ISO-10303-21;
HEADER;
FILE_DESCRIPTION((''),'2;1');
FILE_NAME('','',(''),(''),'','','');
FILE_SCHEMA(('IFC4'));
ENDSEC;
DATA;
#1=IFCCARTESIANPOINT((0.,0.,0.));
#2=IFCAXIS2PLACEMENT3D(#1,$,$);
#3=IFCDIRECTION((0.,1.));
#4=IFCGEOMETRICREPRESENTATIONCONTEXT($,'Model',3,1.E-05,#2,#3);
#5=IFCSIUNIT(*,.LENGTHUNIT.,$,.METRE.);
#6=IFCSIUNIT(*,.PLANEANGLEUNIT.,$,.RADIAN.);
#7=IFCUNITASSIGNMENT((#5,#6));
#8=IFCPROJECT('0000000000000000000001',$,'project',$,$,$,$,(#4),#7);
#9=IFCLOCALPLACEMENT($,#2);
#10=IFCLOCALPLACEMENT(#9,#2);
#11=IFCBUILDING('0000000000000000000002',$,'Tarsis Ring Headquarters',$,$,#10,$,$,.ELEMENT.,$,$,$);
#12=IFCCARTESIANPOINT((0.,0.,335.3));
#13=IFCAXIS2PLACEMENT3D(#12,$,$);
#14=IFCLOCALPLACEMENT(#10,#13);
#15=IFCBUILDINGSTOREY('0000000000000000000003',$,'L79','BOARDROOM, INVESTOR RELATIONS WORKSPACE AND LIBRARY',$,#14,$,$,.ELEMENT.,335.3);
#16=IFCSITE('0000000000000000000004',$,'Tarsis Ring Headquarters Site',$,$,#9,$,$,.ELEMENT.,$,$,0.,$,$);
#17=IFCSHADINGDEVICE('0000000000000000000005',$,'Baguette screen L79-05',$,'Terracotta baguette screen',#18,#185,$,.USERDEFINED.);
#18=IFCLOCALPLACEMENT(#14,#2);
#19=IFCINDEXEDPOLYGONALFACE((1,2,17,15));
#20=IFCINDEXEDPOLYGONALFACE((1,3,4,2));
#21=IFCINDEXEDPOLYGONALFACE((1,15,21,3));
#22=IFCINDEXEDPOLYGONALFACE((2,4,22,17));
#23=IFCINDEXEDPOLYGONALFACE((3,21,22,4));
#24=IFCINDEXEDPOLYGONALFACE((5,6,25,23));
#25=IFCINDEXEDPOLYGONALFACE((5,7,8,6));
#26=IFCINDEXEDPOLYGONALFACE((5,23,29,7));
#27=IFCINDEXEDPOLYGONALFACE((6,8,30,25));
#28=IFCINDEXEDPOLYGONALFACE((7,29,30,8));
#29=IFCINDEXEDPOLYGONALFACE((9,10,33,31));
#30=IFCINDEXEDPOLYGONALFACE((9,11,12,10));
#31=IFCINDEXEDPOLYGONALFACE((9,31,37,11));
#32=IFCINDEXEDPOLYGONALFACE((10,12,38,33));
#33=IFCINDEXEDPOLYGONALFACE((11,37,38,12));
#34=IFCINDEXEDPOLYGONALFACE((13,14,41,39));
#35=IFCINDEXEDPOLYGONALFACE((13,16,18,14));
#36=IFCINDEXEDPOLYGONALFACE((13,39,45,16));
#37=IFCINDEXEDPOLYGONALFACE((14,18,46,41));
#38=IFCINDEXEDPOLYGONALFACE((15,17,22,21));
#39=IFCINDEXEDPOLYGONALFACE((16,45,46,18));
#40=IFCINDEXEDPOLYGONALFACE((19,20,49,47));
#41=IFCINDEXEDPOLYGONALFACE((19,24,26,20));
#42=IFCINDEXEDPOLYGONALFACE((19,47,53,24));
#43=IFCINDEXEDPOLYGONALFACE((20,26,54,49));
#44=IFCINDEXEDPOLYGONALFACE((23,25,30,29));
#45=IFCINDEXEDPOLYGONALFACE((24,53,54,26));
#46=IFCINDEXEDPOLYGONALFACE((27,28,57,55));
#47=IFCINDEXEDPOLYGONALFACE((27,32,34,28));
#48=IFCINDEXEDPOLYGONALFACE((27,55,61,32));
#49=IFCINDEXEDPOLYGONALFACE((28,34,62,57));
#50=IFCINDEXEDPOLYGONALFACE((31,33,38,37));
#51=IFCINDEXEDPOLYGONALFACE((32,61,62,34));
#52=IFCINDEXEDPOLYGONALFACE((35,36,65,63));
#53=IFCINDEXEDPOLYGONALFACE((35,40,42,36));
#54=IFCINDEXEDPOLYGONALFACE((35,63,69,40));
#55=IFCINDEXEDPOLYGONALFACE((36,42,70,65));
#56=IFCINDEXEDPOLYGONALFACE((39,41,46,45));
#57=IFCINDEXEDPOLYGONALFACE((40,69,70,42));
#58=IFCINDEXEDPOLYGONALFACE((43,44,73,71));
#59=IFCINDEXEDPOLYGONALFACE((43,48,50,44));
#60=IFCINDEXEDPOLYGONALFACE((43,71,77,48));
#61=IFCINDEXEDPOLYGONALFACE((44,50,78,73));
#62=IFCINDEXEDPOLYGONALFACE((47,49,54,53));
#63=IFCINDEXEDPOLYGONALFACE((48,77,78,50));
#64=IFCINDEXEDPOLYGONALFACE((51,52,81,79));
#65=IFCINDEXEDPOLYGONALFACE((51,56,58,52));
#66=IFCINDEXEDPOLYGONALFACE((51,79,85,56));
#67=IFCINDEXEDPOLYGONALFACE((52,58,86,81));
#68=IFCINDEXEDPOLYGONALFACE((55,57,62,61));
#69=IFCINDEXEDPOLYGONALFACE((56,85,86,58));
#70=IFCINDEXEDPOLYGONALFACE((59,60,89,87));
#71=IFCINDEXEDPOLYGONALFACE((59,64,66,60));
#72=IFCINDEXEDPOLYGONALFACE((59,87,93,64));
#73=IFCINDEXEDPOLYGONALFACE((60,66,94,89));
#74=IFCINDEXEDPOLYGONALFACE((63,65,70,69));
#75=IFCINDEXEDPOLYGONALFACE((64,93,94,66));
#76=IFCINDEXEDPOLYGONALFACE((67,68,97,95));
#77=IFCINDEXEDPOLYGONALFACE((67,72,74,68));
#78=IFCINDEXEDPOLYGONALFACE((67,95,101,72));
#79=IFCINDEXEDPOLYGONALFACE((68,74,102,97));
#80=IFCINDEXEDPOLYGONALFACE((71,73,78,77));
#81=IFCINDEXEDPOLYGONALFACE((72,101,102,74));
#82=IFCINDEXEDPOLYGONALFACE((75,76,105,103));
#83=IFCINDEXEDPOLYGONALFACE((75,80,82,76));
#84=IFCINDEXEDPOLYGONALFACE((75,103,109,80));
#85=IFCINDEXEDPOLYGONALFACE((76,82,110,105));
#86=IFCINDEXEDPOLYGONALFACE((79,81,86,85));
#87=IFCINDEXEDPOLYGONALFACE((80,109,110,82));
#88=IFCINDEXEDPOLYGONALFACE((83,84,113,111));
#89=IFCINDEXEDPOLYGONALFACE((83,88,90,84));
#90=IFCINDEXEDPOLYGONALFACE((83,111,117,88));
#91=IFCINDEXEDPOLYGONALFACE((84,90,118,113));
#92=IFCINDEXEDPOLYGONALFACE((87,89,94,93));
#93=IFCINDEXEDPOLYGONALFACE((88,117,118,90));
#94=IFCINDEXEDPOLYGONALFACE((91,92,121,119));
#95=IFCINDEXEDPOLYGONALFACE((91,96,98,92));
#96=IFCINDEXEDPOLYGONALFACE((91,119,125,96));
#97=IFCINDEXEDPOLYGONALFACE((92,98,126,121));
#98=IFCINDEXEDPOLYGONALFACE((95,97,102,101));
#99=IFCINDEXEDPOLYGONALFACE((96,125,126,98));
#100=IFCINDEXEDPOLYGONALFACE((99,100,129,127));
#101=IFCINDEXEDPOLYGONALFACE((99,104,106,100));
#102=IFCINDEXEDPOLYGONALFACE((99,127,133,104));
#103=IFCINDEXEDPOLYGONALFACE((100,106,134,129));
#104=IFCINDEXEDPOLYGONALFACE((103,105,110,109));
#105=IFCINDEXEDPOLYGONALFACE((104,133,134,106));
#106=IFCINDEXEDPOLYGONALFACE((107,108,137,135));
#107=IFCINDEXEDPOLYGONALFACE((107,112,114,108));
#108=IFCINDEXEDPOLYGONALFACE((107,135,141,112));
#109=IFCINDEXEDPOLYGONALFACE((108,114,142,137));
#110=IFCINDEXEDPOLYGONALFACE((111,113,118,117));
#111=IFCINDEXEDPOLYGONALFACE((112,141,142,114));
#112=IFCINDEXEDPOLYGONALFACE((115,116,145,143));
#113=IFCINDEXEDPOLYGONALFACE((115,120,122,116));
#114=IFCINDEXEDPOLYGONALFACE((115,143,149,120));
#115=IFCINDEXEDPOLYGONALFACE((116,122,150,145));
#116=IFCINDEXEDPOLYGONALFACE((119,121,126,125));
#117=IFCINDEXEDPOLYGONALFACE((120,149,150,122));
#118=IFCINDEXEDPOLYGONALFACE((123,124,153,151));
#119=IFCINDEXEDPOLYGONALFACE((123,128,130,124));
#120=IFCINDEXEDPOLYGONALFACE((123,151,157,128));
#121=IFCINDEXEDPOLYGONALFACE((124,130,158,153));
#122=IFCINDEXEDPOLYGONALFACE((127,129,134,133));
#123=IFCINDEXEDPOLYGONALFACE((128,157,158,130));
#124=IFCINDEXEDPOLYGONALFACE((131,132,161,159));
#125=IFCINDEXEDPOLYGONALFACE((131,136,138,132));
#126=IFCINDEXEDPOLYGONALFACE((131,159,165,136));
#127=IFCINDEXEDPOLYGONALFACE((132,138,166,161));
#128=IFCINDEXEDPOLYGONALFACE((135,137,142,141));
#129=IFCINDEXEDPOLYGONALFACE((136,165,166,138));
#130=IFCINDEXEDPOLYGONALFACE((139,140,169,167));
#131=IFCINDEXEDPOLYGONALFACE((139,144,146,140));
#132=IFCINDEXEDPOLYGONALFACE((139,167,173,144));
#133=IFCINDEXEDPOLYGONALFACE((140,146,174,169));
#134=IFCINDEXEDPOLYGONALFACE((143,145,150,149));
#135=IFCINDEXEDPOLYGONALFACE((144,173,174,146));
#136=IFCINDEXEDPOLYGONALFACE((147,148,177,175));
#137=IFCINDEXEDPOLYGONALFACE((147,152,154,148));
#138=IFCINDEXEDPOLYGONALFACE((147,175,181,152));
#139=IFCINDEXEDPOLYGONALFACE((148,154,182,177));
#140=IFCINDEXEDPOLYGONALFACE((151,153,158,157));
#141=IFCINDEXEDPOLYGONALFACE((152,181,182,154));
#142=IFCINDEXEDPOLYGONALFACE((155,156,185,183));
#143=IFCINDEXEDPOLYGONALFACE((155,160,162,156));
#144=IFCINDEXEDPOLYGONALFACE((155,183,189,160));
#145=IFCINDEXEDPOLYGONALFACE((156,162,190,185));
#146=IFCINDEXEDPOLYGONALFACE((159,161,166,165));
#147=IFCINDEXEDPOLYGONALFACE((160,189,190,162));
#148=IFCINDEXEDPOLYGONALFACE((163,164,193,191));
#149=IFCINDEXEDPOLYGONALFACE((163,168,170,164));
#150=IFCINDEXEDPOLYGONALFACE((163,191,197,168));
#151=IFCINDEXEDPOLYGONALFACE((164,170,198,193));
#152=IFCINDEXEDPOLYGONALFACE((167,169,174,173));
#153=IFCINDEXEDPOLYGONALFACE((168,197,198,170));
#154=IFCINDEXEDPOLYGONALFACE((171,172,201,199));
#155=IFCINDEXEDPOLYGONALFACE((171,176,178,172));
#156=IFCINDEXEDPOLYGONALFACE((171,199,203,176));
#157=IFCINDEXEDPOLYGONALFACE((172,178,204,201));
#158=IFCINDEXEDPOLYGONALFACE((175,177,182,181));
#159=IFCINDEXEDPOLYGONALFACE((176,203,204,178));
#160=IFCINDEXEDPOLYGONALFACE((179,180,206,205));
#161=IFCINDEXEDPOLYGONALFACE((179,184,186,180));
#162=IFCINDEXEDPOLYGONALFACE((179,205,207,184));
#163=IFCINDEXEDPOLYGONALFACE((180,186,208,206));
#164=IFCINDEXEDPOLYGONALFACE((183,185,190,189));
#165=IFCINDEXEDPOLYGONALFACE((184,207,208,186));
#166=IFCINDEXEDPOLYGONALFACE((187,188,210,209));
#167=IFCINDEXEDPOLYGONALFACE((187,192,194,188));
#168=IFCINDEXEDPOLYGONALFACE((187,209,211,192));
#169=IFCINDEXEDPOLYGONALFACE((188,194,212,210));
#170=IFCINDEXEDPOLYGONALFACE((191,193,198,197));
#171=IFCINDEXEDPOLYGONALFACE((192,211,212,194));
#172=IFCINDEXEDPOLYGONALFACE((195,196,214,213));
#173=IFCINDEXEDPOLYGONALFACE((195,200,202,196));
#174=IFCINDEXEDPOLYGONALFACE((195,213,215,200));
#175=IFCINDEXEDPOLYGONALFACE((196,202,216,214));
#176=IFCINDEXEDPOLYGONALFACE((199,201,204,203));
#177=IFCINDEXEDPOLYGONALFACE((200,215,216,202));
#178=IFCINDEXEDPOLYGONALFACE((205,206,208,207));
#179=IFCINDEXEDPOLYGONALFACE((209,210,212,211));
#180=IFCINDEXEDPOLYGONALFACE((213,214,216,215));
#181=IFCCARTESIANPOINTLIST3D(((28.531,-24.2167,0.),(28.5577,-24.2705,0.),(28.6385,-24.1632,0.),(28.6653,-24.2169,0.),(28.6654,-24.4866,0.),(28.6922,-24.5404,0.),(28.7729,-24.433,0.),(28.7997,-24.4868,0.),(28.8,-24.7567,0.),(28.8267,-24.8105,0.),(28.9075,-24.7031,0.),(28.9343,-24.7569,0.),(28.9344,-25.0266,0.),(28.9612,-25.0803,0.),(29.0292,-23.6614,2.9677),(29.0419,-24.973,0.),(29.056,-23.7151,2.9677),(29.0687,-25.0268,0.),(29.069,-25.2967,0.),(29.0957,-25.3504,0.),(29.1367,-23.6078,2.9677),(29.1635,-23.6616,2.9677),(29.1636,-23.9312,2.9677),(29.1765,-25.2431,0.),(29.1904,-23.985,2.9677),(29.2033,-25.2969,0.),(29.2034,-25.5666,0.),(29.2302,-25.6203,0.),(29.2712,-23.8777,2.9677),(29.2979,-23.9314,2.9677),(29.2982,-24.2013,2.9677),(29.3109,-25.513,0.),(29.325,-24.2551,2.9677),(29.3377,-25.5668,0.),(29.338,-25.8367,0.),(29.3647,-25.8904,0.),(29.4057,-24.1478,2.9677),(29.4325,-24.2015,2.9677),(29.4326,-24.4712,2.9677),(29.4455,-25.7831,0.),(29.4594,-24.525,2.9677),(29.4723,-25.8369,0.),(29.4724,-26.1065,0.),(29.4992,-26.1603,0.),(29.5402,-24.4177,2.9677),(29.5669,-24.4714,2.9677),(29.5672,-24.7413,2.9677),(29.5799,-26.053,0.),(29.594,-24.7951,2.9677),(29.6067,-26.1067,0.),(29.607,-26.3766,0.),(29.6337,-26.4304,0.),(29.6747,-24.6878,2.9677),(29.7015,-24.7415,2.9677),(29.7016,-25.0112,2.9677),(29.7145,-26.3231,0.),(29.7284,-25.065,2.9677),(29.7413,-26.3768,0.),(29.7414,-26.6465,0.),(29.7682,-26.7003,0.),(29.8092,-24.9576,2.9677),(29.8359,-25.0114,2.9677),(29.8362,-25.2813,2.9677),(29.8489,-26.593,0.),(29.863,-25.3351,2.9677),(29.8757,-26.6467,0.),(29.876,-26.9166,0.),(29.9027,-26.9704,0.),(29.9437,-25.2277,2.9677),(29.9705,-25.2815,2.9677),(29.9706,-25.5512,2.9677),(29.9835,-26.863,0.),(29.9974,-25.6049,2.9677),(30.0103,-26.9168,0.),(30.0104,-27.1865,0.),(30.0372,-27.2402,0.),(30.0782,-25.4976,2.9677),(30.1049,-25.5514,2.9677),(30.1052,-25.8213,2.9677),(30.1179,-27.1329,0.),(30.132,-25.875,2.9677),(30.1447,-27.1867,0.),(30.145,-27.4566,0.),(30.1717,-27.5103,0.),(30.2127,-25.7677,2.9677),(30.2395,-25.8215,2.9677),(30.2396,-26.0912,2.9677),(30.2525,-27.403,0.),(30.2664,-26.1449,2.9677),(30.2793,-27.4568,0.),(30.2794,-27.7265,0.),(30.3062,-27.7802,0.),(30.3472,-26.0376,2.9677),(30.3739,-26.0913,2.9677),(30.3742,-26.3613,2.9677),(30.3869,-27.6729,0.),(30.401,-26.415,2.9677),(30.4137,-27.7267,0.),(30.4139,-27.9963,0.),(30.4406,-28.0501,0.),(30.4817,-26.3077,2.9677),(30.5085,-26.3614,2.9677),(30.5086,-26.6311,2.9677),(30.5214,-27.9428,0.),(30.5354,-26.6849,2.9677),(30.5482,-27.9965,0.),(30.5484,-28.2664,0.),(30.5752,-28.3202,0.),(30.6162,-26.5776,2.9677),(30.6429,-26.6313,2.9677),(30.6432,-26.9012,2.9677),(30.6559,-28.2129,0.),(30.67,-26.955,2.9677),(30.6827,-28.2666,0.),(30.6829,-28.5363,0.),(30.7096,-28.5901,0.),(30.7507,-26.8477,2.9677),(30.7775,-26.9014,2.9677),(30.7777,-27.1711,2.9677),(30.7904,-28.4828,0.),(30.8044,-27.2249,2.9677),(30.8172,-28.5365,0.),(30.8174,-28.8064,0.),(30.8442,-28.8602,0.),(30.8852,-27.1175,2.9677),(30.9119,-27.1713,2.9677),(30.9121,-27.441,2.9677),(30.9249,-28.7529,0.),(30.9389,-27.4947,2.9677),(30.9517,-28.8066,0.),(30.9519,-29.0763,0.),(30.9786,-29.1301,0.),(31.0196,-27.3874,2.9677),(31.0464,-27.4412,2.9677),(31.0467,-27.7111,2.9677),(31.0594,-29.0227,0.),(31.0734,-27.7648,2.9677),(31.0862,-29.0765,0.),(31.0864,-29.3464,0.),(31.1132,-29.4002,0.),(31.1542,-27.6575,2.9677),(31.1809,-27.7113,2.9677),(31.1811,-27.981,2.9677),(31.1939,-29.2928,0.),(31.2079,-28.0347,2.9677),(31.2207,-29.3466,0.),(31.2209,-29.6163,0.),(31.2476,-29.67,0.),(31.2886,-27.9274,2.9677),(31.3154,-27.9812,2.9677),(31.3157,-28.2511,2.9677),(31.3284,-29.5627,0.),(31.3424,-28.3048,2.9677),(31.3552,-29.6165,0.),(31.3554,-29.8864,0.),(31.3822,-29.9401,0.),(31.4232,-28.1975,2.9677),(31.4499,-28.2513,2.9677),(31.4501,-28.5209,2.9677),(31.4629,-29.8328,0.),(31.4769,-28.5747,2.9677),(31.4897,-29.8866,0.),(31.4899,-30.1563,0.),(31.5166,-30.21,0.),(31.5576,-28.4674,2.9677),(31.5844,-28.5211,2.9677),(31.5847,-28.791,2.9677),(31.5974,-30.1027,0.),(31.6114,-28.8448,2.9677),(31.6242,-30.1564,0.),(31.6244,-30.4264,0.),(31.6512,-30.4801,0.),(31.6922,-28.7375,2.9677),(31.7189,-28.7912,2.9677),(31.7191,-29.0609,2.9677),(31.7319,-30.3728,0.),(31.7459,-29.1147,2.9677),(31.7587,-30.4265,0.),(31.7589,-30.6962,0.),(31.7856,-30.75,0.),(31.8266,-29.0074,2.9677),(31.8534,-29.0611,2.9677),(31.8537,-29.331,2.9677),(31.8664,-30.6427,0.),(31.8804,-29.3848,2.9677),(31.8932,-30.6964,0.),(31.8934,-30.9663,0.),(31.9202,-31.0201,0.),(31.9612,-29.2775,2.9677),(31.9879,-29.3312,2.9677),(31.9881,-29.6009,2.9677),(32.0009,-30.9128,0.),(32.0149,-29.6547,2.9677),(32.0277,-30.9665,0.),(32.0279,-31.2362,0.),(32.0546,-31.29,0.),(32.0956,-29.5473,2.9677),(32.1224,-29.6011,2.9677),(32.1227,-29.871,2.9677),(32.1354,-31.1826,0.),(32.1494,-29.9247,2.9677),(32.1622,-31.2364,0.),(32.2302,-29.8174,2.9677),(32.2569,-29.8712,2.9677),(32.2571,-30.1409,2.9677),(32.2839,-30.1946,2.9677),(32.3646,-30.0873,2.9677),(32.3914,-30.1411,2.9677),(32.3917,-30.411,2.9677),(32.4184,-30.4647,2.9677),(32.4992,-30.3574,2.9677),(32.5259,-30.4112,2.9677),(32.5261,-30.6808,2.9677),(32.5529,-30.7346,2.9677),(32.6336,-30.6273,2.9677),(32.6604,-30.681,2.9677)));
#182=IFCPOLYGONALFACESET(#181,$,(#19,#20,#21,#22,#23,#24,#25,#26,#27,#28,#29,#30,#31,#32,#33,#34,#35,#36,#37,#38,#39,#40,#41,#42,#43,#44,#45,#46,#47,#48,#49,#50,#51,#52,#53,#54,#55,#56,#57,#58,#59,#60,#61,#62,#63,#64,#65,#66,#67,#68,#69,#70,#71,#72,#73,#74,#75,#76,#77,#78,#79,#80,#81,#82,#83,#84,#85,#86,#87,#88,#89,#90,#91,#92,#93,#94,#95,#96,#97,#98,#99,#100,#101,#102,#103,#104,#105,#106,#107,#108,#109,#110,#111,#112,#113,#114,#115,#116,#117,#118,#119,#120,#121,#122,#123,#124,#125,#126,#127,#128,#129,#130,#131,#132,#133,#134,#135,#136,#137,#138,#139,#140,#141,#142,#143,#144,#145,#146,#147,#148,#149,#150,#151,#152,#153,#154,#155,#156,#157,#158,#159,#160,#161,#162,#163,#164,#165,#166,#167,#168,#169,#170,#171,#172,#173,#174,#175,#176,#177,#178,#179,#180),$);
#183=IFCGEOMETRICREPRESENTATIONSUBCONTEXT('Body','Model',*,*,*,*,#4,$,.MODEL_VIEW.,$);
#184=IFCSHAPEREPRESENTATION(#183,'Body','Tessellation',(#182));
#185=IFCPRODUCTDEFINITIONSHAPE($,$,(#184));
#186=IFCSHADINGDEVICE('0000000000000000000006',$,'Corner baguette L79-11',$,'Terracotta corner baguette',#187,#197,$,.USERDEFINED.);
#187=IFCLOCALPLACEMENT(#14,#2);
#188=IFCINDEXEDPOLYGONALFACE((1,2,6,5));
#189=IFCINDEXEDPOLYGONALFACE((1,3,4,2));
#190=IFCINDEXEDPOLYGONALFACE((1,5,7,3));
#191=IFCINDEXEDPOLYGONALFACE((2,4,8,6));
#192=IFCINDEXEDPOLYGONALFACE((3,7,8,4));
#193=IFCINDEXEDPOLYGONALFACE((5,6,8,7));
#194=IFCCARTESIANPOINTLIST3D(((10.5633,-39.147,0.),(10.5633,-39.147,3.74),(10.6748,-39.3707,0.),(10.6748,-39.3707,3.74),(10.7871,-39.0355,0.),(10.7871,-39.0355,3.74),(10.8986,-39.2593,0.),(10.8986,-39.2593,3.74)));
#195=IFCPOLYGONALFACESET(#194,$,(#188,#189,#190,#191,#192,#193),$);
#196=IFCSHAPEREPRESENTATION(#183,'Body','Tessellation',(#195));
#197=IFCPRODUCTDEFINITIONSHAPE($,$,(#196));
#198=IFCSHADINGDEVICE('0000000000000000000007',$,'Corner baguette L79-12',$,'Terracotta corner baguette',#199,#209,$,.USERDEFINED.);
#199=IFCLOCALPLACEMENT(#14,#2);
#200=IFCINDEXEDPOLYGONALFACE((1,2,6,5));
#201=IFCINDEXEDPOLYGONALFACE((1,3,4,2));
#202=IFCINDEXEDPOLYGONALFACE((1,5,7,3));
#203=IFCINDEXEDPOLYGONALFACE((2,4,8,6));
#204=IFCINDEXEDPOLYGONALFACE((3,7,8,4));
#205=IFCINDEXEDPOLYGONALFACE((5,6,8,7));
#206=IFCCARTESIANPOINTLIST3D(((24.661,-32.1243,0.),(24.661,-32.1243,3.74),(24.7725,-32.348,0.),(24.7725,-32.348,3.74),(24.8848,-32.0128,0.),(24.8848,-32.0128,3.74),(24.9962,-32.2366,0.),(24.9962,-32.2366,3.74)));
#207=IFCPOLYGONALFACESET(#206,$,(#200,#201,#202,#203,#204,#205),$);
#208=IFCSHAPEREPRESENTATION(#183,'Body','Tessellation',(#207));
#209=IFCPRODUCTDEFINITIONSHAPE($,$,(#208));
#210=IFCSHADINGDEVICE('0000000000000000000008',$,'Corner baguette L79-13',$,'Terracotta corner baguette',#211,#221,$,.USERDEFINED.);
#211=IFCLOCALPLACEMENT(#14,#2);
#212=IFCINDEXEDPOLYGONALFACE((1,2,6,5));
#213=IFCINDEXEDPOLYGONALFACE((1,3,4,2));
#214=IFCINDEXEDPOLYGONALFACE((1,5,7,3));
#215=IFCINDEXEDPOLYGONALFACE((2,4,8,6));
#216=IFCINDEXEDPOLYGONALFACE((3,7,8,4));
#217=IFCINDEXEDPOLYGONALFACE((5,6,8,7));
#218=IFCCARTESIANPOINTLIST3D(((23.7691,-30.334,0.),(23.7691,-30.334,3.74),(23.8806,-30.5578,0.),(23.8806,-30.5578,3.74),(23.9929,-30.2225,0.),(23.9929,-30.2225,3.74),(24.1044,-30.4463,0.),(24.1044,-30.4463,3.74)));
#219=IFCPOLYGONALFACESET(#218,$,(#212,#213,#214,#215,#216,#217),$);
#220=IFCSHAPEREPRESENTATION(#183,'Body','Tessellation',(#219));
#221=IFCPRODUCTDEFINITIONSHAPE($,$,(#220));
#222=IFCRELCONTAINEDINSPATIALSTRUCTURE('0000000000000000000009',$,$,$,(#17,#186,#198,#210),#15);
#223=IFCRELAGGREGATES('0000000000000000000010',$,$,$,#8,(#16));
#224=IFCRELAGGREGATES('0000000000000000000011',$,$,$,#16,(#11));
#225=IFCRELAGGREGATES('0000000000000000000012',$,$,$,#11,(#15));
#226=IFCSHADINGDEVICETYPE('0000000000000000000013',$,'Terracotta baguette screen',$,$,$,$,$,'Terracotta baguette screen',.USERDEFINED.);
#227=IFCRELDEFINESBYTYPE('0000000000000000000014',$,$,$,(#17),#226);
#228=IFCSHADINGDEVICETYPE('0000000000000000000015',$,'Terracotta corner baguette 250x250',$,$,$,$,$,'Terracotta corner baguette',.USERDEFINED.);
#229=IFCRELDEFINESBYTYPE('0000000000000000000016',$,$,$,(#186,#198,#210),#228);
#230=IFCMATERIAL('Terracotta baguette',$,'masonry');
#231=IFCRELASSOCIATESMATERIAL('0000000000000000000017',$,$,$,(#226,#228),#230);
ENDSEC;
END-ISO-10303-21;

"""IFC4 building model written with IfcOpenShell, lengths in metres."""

from ifc_helpers import new_model, si_unit, direction, frame, frame_2d, origin, origin_2d, place, context, subcontext, project, spatial, rectangle, composite_profile, extrude, material, type_object, element, save


model = new_model("IFC4")

# Units and contexts
model_context = context("Model", 3, precision=1e-05, world=origin(), true_north=direction((0.0, 1.0)))
body_context = subcontext(model_context, "Body", "Model", "MODEL_VIEW")
ifc_project = project(units=[si_unit("LENGTHUNIT", "METRE"), si_unit("PLANEANGLEUNIT", "RADIAN")], contexts=[model_context])

# Site, building, storey
site_placement = place(None, origin())
site = spatial("IfcSite", under=ifc_project, at=site_placement, Name="Tarsis Ring Headquarters Site", CompositionType="ELEMENT", RefElevation=0.0)
building_placement = place(site_placement, origin())
building = spatial("IfcBuilding", under=site, at=building_placement, Name="Tarsis Ring Headquarters", CompositionType="ELEMENT")
storey_placement = place(building_placement, frame((0.0, 0.0, 335.3)))
storey = spatial("IfcBuildingStorey", under=building, at=storey_placement, Name="L79", Description="BOARDROOM, INVESTOR RELATIONS WORKSPACE AND LIBRARY", CompositionType="ELEMENT", Elevation=335.3)

# Shading devices
ifc_material_1 = material(Name="Terracotta baguette", Category="masonry")
shading_device_type_1 = type_object("IfcShadingDeviceType", Name="Terracotta baguette screen", ElementType="Terracotta baguette screen", PredefinedType="USERDEFINED", material=ifc_material_1)
shading_device_1_placement = place(storey_placement, frame((32.1084, -31.2632, 0.0), z_axis=(0.0, 0.0, 1.0), x_axis=(-0.445903, 0.895082, 0.0)))
element("IfcShadingDevice", 1, at=shading_device_1_placement, inside=storey, type_object=shading_device_type_1, Name="Baguette screen L79-05", ObjectType="Terracotta baguette screen", PredefinedType="USERDEFINED", context=body_context, shape_type="SweptSolid", body=[
    extrude(composite_profile([rectangle(XDim=0.0601, YDim=0.1201, at=frame_2d((0.03, 0.0))), rectangle(XDim=0.0601, YDim=0.1201, at=frame_2d((0.3315, 0.0))), rectangle(XDim=0.0601, YDim=0.1201, at=frame_2d((0.6333, 0.0))), rectangle(XDim=0.0601, YDim=0.1201, at=frame_2d((0.9348, 0.0))), rectangle(XDim=0.0601, YDim=0.1201, at=frame_2d((1.2366, 0.0))), rectangle(XDim=0.0601, YDim=0.1201, at=frame_2d((1.5381, 0.0))), rectangle(XDim=0.0601, YDim=0.1201, at=frame_2d((1.8398, 0.0))), rectangle(XDim=0.0601, YDim=0.1201, at=frame_2d((2.1414, 0.0))), rectangle(XDim=0.0601, YDim=0.1201, at=frame_2d((2.4431, 0.0))), rectangle(XDim=0.0601, YDim=0.1201, at=frame_2d((2.7446, 0.0))), rectangle(XDim=0.0601, YDim=0.1201, at=frame_2d((3.0464, 0.0))), rectangle(XDim=0.0601, YDim=0.1201, at=frame_2d((3.3479, 0.0))), rectangle(XDim=0.0601, YDim=0.1201, at=frame_2d((3.6497, 0.0))), rectangle(XDim=0.0601, YDim=0.1201, at=frame_2d((3.9512, 0.0))), rectangle(XDim=0.0601, YDim=0.1201, at=frame_2d((4.2527, 0.0))), rectangle(XDim=0.0601, YDim=0.1201, at=frame_2d((4.5544, 0.0))), rectangle(XDim=0.0601, YDim=0.1201, at=frame_2d((4.856, 0.0))), rectangle(XDim=0.0601, YDim=0.1201, at=frame_2d((5.1577, 0.0))), rectangle(XDim=0.0601, YDim=0.1201, at=frame_2d((5.4592, 0.0))), rectangle(XDim=0.0601, YDim=0.1201, at=frame_2d((5.761, 0.0))), rectangle(XDim=0.0601, YDim=0.1201, at=frame_2d((6.0625, 0.0))), rectangle(XDim=0.0601, YDim=0.1201, at=frame_2d((6.3643, 0.0))), rectangle(XDim=0.0601, YDim=0.1201, at=frame_2d((6.6658, 0.0))), rectangle(XDim=0.0601, YDim=0.1201, at=frame_2d((6.9675, 0.0))), rectangle(XDim=0.0601, YDim=0.1201, at=frame_2d((7.269, 0.0))), rectangle(XDim=0.0601, YDim=0.1201, at=frame_2d((7.5708, 0.0))), rectangle(XDim=0.0601, YDim=0.1201, at=frame_2d((7.8723, 0.0)))]), origin(), (0.089843, -0.226663, 0.969821), 3.0601),
])
shading_device_type_2 = type_object("IfcShadingDeviceType", Name="Terracotta corner baguette 250x250", ElementType="Terracotta corner baguette", PredefinedType="USERDEFINED", material=ifc_material_1)
for number, where, z_axis, x_axis, name in (
    (2, (10.731, -39.2031, 0.0), (0.0, 0.0, 1.0), (0.445885, -0.89509, 0.0), "Corner baguette L79-11"),
    (3, (24.8286, -32.1804, 0.0), (0.0, 0.0, 1.0), (0.89509, 0.445885, 0.0), "Corner baguette L79-12"),
    (4, (23.9368, -30.3901, 0.0), (0.0, 0.0, 1.0), (-0.445886, 0.89509, 0.0), "Corner baguette L79-13"),
):
    element("IfcShadingDevice", number, at=place(storey_placement, frame(where, z_axis=z_axis, x_axis=x_axis)), inside=storey, type_object=shading_device_type_2, Name=name, ObjectType="Terracotta corner baguette", PredefinedType="USERDEFINED", context=body_context, shape_type="SweptSolid", body=[
        extrude(rectangle(XDim=0.25, YDim=0.25, at=origin_2d()), origin(), (0.0, 0.0, 1.0), 3.74),
    ])

save(model, "model.ifc")
